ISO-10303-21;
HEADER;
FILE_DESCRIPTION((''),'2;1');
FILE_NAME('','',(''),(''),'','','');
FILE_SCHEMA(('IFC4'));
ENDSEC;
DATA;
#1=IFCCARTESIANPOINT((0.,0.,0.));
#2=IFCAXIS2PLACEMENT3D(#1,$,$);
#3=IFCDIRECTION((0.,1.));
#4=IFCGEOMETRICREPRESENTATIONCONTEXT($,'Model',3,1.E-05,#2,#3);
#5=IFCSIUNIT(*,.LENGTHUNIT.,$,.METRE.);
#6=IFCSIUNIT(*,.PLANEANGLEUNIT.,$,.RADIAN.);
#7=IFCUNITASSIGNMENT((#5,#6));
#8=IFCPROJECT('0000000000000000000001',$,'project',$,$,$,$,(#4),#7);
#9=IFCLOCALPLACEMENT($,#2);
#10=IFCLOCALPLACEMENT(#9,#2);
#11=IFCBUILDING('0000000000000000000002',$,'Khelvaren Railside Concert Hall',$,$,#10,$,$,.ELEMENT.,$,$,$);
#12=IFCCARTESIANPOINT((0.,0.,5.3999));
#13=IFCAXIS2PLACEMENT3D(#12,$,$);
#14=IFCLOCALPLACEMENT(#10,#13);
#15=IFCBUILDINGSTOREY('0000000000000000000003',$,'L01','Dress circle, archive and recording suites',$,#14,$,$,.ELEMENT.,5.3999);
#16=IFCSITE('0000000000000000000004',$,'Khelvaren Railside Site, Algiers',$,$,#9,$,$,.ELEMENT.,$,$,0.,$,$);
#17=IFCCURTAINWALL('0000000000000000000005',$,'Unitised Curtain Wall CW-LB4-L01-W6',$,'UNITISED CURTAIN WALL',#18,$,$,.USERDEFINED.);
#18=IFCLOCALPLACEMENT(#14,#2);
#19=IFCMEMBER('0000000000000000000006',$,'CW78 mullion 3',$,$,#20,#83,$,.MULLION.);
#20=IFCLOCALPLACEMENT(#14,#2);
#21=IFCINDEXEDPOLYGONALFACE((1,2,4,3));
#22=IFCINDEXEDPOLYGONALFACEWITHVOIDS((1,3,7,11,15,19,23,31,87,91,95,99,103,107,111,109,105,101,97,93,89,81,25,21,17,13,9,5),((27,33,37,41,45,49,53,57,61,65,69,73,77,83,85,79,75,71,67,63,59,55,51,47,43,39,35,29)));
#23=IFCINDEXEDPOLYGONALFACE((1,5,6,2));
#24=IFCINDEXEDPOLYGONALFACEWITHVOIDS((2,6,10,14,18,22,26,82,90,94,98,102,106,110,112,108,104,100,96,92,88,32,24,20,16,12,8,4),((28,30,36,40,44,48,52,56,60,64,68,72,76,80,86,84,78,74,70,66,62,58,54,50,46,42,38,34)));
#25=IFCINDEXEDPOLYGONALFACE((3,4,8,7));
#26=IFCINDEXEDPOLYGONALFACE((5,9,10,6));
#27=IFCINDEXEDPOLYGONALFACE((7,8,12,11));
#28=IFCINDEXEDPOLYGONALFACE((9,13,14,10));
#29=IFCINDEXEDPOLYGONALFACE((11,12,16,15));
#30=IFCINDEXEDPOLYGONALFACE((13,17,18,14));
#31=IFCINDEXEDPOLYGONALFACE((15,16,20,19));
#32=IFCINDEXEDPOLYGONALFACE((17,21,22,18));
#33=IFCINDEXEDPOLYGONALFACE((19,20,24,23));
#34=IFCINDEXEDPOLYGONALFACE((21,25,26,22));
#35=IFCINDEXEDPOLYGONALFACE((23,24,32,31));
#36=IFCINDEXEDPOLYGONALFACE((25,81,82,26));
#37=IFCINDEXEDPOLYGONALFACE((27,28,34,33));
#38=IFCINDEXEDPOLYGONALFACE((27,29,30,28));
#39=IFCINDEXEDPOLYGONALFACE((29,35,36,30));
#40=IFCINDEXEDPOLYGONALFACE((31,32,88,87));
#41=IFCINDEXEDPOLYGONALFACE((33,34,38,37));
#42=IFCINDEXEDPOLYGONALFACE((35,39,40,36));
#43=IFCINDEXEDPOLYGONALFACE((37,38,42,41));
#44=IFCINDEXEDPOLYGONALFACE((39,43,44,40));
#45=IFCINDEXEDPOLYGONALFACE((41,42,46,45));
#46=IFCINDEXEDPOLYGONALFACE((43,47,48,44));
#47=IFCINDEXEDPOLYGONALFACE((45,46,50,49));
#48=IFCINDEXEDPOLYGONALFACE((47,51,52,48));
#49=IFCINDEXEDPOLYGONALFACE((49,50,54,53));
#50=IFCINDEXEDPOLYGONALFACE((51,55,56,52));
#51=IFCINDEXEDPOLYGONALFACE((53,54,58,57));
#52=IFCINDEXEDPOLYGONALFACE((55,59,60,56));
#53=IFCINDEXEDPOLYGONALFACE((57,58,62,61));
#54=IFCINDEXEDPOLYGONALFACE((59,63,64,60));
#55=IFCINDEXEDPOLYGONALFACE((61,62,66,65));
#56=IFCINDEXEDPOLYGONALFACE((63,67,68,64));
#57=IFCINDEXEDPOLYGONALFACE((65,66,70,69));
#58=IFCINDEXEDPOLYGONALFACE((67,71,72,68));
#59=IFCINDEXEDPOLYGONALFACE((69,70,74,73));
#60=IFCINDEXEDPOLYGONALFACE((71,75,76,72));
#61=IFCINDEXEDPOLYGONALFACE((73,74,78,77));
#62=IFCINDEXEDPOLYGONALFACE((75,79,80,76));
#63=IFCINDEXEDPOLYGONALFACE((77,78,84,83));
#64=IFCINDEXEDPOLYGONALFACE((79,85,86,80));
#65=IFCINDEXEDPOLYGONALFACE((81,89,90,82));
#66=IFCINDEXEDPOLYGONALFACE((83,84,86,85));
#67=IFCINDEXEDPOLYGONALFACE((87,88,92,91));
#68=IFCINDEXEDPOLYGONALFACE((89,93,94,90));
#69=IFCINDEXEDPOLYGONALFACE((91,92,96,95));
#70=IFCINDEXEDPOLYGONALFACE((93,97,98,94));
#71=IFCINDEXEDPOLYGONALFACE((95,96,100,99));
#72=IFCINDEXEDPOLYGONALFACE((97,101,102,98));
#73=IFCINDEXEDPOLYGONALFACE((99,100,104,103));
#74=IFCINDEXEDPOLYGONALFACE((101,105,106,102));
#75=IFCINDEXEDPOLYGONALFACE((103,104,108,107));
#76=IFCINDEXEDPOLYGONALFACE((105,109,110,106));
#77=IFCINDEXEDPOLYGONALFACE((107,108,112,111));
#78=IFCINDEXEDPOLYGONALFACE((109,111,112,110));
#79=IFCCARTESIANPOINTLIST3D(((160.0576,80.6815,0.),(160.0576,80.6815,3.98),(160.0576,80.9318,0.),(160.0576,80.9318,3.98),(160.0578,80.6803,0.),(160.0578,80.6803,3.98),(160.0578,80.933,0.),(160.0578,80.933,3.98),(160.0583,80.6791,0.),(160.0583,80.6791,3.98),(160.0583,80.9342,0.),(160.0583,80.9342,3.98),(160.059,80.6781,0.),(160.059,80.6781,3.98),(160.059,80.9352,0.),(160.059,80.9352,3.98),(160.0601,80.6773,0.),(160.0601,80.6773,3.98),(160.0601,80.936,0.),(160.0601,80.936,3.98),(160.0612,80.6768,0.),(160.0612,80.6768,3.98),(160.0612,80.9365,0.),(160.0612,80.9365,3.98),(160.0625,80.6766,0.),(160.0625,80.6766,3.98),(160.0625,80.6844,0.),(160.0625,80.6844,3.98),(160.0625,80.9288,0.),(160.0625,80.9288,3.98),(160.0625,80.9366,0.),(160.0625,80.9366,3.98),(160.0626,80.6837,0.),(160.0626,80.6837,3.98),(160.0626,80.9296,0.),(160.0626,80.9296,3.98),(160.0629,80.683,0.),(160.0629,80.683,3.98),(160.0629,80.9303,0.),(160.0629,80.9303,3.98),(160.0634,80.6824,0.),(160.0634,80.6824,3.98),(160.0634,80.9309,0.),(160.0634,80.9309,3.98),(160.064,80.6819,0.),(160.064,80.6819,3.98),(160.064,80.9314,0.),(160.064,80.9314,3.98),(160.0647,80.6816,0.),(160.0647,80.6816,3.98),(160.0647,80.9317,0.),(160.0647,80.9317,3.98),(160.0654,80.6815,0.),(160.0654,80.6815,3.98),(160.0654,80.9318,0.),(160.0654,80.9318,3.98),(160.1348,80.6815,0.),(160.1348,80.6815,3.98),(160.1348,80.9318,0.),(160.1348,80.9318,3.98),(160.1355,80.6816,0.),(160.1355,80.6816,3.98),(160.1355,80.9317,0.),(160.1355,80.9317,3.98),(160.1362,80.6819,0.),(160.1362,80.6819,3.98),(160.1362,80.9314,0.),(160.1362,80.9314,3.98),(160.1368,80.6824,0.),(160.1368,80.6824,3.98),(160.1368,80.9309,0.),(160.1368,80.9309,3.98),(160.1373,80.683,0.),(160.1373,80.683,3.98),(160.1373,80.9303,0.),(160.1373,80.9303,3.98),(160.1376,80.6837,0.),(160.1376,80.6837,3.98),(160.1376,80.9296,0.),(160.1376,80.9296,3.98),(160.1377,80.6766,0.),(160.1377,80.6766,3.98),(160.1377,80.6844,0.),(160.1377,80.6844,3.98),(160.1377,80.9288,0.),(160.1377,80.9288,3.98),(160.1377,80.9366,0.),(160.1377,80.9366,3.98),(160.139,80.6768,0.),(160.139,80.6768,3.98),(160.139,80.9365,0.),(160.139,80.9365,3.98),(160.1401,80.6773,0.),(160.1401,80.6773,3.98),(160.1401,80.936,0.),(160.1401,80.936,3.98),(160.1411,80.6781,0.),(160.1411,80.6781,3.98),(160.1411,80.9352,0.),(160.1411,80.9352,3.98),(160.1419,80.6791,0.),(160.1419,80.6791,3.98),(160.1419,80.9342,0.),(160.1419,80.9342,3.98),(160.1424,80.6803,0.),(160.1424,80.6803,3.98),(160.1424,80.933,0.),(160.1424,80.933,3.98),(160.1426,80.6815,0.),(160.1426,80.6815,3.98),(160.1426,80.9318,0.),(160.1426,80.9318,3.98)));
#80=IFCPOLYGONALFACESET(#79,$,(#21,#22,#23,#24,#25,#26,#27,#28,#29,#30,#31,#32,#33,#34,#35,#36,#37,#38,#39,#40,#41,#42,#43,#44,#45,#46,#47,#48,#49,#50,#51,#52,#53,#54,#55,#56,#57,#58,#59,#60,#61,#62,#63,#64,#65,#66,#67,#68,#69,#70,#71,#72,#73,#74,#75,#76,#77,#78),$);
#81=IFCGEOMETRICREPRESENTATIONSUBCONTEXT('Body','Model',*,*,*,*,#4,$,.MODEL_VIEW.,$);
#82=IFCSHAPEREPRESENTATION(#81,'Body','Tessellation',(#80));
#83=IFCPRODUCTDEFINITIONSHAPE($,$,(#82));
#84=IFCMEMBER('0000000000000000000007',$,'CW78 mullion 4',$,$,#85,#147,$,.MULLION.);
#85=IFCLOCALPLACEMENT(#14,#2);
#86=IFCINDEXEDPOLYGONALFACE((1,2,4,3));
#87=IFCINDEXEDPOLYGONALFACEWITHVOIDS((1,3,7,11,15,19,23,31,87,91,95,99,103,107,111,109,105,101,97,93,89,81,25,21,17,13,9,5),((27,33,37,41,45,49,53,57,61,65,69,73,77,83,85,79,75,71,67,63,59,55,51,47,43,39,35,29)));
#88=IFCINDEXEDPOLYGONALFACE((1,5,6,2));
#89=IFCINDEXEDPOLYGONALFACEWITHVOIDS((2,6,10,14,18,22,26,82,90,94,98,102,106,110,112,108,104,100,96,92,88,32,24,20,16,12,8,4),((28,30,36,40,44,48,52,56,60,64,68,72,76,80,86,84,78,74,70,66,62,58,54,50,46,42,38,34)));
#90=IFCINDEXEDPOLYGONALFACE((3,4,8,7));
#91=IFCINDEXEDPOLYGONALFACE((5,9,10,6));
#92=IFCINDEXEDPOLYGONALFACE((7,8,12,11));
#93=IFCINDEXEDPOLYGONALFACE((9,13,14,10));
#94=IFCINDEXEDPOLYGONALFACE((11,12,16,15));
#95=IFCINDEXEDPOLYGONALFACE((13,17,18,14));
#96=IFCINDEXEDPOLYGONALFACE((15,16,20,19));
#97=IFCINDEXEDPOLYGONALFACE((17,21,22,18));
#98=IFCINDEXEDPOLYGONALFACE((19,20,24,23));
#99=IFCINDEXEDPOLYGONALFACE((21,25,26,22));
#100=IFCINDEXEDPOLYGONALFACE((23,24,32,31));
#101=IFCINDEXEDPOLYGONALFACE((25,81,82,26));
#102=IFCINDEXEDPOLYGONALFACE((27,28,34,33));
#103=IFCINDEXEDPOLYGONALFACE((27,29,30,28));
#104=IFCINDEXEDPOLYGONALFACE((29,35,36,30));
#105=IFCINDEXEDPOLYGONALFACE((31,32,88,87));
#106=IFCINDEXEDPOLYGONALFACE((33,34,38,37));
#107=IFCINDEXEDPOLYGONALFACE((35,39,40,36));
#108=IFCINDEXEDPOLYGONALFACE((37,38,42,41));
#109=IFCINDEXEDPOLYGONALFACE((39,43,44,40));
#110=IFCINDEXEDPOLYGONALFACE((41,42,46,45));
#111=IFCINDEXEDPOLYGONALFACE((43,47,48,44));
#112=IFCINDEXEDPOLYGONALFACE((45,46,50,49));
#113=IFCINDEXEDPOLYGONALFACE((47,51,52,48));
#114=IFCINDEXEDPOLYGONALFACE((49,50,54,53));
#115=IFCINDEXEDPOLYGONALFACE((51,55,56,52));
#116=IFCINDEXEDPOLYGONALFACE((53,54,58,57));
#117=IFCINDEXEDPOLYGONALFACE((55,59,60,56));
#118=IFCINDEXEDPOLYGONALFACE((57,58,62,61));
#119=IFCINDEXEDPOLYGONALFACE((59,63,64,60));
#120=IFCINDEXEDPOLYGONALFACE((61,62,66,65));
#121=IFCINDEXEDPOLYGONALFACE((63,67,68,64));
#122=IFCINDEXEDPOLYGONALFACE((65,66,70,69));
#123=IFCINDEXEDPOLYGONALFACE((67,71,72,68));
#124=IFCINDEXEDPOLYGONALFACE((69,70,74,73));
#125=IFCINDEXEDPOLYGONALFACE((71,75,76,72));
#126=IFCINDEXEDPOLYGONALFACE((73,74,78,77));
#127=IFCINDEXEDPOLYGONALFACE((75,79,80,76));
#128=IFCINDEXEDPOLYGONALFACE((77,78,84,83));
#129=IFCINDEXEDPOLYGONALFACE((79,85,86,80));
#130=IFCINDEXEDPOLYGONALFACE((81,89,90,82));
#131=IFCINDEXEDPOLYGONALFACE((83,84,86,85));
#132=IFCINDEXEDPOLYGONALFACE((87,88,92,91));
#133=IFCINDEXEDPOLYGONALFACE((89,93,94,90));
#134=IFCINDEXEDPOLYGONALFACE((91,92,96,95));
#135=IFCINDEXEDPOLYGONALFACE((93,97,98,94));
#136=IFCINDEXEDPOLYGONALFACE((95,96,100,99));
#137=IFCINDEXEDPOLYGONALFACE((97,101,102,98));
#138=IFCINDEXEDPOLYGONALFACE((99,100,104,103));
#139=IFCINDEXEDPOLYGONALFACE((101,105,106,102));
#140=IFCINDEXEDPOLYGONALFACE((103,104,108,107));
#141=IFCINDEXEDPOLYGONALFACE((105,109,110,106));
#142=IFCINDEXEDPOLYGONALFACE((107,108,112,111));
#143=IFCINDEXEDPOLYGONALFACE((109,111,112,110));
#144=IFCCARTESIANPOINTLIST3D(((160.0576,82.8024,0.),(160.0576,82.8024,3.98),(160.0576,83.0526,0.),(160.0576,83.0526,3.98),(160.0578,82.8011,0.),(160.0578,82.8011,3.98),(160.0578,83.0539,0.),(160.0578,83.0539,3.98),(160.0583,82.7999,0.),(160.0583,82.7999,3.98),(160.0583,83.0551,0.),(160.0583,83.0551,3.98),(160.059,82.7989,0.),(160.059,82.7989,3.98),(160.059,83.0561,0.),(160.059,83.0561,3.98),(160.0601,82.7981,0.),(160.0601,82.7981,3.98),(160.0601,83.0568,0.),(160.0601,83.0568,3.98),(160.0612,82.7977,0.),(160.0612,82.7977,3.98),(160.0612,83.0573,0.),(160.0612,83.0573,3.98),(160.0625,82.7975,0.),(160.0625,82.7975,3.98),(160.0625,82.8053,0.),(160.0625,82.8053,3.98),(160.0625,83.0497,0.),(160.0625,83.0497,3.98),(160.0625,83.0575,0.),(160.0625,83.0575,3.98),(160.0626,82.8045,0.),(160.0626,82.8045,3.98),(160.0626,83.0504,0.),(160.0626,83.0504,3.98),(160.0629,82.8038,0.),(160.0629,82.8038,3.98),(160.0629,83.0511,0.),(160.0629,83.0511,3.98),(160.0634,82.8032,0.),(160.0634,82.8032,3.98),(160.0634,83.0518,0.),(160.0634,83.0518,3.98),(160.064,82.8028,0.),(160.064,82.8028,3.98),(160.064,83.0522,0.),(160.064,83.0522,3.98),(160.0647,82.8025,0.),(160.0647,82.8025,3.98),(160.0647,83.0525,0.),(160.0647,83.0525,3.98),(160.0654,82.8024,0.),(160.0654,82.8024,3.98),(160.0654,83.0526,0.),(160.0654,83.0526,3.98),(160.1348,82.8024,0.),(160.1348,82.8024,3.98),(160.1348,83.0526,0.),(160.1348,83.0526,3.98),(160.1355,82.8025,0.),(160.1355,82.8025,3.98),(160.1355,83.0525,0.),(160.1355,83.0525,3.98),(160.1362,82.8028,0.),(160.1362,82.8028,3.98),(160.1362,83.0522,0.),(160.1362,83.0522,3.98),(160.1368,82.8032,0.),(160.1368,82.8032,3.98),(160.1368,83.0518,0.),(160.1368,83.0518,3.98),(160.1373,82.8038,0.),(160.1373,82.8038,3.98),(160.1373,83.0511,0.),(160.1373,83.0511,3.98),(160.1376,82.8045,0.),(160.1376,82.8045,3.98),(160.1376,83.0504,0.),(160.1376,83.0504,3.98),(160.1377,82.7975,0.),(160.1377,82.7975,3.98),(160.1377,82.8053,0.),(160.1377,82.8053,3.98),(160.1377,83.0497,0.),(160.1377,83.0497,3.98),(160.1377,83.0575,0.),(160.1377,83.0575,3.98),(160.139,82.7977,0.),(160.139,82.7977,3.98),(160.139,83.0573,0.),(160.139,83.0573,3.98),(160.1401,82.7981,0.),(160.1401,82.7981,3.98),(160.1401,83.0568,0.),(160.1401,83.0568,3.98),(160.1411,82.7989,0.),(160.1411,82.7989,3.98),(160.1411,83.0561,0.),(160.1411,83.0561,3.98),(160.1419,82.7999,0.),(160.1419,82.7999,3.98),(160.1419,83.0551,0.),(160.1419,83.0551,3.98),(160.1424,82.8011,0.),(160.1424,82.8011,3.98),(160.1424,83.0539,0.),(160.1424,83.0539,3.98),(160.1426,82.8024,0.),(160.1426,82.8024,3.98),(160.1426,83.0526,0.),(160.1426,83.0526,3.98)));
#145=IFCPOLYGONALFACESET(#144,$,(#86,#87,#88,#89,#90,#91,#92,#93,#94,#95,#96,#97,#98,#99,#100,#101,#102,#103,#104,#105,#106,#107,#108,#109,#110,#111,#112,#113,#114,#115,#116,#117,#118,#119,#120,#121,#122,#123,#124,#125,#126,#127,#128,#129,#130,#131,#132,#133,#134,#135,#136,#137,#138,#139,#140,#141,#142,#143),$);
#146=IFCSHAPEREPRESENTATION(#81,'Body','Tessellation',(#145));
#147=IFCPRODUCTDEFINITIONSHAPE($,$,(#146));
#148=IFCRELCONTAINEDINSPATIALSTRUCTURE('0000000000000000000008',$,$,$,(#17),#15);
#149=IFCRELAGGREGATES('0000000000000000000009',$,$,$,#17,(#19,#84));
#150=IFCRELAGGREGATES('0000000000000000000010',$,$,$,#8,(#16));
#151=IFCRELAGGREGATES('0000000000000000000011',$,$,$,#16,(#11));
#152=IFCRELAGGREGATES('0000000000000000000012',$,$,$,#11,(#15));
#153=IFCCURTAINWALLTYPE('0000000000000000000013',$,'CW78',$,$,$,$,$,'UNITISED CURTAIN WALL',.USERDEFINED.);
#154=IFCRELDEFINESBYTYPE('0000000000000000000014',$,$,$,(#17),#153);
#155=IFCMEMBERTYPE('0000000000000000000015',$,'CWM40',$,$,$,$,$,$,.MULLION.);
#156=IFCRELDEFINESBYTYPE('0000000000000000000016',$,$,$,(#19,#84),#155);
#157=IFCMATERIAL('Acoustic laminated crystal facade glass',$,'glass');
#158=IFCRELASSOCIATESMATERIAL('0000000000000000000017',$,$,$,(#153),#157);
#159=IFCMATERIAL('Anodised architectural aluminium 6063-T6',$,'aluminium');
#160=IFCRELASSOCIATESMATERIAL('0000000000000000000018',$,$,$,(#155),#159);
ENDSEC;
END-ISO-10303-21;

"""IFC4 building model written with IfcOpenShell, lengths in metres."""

from ifc_helpers import new_model, si_unit, direction, frame, origin, origin_2d, place, context, subcontext, project, spatial, hollow_rectangle, extrude, material, material_profile, profile_set, type_object, element, aggregate, save


model = new_model("IFC4")

# Units and contexts
model_context = context("Model", 3, precision=1e-05, world=origin(), true_north=direction((0.0, 1.0)))
body_context = subcontext(model_context, "Body", "Model", "MODEL_VIEW")
ifc_project = project(units=[si_unit("LENGTHUNIT", "METRE"), si_unit("PLANEANGLEUNIT", "RADIAN")], contexts=[model_context])

# Site, building, storey
site_placement = place(None, origin())
site = spatial("IfcSite", under=ifc_project, at=site_placement, Name="Khelvaren Railside Site, Algiers", CompositionType="ELEMENT", RefElevation=0.0)
building_placement = place(site_placement, origin())
building = spatial("IfcBuilding", under=site, at=building_placement, Name="Khelvaren Railside Concert Hall", CompositionType="ELEMENT")
storey_placement = place(building_placement, frame((0.0, 0.0, 5.3999)))
storey = spatial("IfcBuildingStorey", under=building, at=storey_placement, Name="L01", Description="Dress circle, archive and recording suites", CompositionType="ELEMENT", Elevation=5.3999)

# Curtain wall, members
ifc_material_1 = material(Name="Acoustic laminated crystal facade glass", Category="glass")
curtain_wall_type = type_object("IfcCurtainWallType", Name="CW78", ElementType="UNITISED CURTAIN WALL", PredefinedType="USERDEFINED", material=ifc_material_1)
curtain_wall_placement = place(storey_placement, origin())
curtain_wall = element("IfcCurtainWall", 1, at=curtain_wall_placement, inside=storey, type_object=curtain_wall_type, Name="Unitised Curtain Wall CW-LB4-L01-W6", ObjectType="UNITISED CURTAIN WALL", PredefinedType="USERDEFINED")
ifc_material_2 = material(Name="Anodised architectural aluminium 6063-T6", Category="aluminium")
ifc_material_profile_1 = material_profile(ifc_material_2, hollow_rectangle(XDim=0.085, YDim=0.26, WallThickness=0.0049, InnerFilletRadius=0.0029, OuterFilletRadius=0.0049, at=origin_2d()), Name="CWM 85x260x5")
ifc_profile_set_1 = profile_set([ifc_material_profile_1], Name="Anodised architectural aluminium 6063-T6")
member_type_1 = type_object("IfcMemberType", Name="CWM40", PredefinedType="MULLION", material=ifc_profile_set_1)
member_1_placement = place(storey_placement, frame((160.1001, 80.8066, 0.0), z_axis=(0.0, 0.0, 1.0), x_axis=(-1.0, 0.0, 0.0)))
member_1 = element("IfcMember", 2, at=member_1_placement, type_object=member_type_1, Name="CW78 mullion 3", PredefinedType="MULLION", context=body_context, shape_type="SweptSolid", body=[
    extrude(hollow_rectangle(XDim=0.085, YDim=0.26, WallThickness=0.0049, InnerFilletRadius=0.0029, OuterFilletRadius=0.0049, at=origin_2d()), origin(), (0.0, 0.0, 1.0), 3.98),
])
member_2_placement = place(storey_placement, frame((160.1001, 82.9275, 0.0), z_axis=(0.0, 0.0, 1.0), x_axis=(-1.0, 0.0, 0.0)))
member_2 = element("IfcMember", 3, at=member_2_placement, type_object=member_type_1, Name="CW78 mullion 4", PredefinedType="MULLION", context=body_context, shape_type="SweptSolid", body=[
    extrude(hollow_rectangle(XDim=0.085, YDim=0.26, WallThickness=0.0049, InnerFilletRadius=0.0029, OuterFilletRadius=0.0049, at=origin_2d()), origin(), (0.0, 0.0, 1.0), 3.98),
])

aggregate(curtain_wall, [member_1, member_2])

save(model, "model.ifc")
